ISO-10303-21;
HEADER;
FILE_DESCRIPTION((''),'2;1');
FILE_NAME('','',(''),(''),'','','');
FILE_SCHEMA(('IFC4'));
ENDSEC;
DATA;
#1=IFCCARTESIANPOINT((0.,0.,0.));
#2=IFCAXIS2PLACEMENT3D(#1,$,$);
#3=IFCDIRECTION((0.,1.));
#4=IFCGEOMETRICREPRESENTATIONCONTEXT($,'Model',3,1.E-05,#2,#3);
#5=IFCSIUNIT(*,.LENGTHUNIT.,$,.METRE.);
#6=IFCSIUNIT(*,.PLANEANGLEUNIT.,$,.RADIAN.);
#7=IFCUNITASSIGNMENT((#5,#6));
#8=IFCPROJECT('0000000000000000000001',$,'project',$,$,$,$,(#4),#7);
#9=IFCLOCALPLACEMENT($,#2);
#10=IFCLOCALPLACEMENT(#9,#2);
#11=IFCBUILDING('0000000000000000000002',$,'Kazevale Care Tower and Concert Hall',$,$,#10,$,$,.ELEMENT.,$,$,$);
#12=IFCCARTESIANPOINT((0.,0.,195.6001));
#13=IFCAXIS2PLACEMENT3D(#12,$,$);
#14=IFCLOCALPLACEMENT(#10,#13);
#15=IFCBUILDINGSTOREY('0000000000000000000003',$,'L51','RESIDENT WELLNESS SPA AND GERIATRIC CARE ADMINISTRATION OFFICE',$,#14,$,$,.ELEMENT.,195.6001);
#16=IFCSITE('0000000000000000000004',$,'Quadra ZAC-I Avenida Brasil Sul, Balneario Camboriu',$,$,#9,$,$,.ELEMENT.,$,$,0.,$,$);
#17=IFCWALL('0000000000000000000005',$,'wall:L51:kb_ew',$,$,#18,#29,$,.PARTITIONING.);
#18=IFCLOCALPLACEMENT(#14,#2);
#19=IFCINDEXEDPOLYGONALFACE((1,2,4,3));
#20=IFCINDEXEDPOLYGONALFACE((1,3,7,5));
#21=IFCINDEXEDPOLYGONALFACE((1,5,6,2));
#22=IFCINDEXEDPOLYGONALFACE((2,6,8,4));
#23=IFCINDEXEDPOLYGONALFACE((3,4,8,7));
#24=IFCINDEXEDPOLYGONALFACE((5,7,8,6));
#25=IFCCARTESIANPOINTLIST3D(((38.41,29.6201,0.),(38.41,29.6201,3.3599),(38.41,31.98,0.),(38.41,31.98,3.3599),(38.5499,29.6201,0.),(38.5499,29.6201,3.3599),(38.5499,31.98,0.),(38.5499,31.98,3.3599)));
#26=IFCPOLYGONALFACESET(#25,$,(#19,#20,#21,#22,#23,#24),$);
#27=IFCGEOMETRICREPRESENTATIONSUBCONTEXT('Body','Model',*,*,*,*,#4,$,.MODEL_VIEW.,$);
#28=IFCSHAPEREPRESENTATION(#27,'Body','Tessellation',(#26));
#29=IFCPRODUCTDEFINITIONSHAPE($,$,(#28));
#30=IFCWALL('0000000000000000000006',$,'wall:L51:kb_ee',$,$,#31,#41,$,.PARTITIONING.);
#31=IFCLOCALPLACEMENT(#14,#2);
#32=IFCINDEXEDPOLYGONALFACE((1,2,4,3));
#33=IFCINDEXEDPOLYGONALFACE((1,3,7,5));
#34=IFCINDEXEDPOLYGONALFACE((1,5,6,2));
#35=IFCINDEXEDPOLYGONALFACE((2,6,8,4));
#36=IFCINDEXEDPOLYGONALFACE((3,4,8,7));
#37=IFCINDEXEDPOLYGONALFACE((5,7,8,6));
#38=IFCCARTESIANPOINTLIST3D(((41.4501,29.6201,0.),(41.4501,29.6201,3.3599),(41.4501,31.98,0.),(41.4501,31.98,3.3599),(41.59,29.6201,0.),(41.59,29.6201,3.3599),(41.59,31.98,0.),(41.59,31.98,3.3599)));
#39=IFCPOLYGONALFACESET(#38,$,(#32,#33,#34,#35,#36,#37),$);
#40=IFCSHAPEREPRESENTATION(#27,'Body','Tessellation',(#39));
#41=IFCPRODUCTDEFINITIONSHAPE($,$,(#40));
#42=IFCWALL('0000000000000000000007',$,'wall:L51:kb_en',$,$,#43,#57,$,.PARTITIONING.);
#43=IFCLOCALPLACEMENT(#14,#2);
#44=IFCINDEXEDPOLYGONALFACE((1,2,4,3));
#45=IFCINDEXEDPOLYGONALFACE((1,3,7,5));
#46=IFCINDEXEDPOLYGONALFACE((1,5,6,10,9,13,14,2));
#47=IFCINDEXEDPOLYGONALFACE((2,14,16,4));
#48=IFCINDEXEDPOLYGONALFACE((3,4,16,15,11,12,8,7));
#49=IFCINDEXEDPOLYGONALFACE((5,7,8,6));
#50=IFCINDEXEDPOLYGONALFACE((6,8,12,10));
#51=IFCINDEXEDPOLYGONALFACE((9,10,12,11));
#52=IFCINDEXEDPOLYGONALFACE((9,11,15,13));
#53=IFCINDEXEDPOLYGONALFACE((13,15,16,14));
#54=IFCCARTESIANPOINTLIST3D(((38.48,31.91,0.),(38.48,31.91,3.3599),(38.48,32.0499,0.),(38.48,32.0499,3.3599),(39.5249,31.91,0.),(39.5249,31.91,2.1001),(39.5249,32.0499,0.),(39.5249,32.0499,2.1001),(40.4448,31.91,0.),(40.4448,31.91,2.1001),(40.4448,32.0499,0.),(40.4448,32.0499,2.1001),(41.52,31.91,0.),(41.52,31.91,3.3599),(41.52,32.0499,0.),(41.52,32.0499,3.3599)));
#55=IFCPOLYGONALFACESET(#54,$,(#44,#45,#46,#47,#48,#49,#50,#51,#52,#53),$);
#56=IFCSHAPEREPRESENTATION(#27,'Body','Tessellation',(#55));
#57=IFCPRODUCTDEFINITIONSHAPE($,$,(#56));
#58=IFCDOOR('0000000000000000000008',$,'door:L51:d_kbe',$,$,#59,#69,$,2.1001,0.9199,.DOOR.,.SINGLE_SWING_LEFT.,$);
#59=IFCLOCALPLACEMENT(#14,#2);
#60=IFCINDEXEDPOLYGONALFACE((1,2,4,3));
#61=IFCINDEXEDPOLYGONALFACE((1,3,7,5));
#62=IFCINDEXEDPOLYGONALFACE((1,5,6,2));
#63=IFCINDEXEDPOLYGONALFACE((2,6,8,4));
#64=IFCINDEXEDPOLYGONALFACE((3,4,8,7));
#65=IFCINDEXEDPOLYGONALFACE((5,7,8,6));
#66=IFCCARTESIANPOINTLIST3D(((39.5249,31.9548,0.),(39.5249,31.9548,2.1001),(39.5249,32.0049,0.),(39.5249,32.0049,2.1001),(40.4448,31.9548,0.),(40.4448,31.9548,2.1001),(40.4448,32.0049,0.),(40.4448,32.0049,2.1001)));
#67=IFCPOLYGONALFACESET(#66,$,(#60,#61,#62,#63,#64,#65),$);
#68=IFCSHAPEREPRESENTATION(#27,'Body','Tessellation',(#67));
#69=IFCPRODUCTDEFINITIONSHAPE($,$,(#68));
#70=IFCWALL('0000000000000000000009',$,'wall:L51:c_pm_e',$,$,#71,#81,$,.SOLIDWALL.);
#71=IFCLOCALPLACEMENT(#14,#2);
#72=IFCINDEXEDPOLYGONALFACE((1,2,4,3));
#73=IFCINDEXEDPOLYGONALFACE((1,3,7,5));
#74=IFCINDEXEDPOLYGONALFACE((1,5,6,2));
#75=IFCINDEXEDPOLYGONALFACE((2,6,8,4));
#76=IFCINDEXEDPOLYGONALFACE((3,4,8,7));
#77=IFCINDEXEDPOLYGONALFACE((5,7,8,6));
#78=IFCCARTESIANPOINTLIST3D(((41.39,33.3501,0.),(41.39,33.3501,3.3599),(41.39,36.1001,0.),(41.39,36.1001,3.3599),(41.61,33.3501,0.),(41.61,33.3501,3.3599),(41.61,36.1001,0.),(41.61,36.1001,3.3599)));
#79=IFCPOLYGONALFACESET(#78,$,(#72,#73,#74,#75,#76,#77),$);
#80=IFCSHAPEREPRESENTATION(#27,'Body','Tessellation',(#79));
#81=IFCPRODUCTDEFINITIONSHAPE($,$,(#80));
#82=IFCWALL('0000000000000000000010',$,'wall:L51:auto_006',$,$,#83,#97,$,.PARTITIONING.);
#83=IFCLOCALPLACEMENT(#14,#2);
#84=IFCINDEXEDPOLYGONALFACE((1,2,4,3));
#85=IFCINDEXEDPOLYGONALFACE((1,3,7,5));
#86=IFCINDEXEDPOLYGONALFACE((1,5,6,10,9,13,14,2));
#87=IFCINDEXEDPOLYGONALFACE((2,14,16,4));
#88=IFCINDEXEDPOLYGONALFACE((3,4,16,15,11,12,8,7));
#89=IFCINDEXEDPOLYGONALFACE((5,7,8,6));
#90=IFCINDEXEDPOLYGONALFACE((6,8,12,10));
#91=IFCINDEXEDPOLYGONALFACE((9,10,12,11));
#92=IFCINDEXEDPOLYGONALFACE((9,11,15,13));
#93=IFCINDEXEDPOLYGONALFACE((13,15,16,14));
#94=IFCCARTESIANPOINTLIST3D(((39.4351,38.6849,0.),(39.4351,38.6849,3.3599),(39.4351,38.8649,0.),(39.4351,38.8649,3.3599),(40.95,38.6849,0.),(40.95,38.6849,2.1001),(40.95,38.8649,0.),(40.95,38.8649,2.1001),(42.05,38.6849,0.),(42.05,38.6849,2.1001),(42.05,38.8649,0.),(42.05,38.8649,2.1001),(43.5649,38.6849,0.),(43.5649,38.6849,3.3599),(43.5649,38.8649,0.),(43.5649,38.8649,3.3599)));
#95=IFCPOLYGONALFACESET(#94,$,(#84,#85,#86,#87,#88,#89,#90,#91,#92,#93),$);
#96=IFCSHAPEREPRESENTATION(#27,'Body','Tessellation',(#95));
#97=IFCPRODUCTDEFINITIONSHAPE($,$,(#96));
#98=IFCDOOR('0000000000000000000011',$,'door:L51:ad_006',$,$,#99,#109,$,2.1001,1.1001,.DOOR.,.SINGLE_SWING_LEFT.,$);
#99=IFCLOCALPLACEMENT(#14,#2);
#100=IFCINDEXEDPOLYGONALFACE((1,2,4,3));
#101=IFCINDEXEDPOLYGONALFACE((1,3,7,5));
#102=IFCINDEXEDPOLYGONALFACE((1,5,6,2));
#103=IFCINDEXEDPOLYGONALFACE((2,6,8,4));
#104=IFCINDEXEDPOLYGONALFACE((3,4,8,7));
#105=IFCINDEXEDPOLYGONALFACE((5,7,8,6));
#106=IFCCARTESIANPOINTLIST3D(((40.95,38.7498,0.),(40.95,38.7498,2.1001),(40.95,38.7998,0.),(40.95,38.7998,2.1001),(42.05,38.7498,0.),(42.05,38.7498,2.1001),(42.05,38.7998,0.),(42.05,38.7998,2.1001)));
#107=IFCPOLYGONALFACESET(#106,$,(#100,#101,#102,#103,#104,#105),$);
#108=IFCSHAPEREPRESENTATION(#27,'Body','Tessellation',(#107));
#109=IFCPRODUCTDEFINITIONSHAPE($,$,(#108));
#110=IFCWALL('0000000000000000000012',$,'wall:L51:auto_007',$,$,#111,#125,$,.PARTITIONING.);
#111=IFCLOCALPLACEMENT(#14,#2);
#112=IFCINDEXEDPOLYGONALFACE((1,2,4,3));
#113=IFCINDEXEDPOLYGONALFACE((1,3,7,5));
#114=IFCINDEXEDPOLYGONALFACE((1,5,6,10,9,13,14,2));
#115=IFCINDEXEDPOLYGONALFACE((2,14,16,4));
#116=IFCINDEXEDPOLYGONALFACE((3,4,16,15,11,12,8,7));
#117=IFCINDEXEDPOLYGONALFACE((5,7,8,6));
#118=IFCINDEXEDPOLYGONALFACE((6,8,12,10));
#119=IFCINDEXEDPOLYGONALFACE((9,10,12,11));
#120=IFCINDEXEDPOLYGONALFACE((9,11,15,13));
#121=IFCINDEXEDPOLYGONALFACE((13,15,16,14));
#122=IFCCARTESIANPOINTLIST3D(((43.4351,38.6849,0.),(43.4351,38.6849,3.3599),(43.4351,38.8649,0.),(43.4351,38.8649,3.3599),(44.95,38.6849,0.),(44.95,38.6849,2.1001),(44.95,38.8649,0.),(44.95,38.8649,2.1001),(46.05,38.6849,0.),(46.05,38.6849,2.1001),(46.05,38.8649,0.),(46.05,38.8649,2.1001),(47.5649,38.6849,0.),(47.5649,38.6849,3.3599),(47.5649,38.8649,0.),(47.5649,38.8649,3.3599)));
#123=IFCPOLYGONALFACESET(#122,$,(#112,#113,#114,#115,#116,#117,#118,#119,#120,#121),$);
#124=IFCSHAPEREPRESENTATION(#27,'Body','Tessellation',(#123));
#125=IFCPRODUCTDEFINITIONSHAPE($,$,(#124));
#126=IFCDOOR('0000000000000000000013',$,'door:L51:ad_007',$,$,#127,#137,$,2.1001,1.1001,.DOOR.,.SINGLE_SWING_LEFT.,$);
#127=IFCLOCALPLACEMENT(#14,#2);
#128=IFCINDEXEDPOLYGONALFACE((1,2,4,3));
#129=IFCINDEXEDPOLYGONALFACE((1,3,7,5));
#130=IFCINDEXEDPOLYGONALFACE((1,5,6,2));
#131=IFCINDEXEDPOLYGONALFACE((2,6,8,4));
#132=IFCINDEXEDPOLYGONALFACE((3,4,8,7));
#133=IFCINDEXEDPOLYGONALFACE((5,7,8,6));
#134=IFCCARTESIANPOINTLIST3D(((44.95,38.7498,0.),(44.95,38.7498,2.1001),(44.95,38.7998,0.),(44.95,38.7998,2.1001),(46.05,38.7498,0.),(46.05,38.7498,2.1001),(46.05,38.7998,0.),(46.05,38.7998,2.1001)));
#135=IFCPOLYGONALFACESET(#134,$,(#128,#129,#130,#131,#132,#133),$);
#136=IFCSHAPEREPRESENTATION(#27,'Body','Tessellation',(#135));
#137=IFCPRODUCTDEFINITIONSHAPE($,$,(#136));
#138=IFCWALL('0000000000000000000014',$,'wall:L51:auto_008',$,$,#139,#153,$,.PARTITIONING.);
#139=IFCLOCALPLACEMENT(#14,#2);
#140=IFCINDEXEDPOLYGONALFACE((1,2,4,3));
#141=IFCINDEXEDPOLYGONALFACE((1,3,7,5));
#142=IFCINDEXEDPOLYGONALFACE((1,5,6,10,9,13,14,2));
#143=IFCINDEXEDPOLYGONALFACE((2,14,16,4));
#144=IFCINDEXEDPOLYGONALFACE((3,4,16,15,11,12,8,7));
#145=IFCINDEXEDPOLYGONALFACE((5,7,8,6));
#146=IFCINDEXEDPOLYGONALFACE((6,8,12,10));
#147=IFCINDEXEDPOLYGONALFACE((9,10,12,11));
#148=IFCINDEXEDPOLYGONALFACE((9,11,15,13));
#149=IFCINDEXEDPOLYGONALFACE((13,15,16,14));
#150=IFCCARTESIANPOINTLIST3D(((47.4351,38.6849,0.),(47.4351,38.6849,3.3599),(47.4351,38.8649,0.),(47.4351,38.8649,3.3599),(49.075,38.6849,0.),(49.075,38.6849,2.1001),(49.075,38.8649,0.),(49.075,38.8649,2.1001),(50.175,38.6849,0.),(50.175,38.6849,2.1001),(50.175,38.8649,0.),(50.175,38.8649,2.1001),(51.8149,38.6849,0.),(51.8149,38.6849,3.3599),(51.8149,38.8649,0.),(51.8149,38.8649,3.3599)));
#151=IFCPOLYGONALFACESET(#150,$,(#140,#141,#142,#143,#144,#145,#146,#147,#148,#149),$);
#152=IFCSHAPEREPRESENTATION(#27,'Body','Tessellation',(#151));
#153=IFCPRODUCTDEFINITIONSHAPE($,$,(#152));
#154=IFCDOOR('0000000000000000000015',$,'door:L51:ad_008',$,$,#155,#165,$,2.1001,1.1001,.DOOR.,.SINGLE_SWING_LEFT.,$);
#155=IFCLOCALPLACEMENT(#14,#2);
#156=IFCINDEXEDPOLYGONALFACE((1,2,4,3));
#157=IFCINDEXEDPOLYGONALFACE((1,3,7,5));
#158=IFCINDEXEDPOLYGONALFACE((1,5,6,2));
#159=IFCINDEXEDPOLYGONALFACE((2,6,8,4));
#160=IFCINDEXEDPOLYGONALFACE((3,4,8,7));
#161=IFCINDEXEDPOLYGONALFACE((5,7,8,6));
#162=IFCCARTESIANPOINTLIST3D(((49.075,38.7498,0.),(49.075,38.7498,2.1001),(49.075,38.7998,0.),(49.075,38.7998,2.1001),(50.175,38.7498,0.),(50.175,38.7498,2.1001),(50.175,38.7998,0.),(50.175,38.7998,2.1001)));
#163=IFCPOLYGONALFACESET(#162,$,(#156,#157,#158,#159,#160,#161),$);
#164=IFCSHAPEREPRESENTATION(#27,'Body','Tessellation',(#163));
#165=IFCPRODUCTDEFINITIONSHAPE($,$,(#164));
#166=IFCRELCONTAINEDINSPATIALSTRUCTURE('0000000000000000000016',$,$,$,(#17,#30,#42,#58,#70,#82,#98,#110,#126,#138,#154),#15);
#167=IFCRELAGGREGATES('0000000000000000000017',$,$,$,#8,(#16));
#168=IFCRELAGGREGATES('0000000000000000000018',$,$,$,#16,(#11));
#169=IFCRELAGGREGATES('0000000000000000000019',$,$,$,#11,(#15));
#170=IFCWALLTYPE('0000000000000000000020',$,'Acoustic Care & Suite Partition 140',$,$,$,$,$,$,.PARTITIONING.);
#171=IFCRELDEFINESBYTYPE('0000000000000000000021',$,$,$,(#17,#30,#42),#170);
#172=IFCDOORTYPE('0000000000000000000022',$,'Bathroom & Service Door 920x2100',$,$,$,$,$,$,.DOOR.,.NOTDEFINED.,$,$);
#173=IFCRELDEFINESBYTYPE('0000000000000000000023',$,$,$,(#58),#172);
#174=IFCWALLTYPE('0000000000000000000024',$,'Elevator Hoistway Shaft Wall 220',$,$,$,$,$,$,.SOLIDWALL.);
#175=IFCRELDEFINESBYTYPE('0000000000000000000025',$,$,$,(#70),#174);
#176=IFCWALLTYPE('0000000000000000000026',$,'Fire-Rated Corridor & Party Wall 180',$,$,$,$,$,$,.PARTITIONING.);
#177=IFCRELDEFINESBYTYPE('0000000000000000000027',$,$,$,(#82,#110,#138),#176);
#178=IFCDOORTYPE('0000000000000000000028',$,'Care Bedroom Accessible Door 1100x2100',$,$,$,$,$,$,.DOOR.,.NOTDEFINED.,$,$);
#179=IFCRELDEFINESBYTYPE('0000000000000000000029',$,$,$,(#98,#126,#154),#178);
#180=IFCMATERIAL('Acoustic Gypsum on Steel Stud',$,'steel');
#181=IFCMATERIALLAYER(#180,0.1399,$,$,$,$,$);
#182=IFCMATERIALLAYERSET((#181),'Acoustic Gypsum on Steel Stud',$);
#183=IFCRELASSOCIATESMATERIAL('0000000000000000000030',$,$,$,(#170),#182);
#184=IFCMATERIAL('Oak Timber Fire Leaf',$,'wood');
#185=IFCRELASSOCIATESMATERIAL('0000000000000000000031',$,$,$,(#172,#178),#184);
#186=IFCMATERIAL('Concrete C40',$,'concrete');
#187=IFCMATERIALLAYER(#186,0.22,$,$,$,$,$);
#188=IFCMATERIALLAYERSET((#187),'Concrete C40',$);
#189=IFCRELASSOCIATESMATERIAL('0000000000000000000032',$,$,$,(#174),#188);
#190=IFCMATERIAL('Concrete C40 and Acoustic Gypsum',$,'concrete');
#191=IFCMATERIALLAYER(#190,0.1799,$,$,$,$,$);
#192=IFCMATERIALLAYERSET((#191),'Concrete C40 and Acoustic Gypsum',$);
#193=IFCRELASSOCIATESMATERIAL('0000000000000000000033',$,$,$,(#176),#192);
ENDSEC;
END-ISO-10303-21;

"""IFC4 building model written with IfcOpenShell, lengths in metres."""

from ifc_helpers import new_model, si_unit, direction, frame, frame_2d, origin, place, context, subcontext, project, spatial, rectangle, extrude, material, layer, layer_set, type_object, element, fill, save


model = new_model("IFC4")

# Units and contexts
model_context = context("Model", 3, precision=1e-05, world=origin(), true_north=direction((0.0, 1.0)))
body_context = subcontext(model_context, "Body", "Model", "MODEL_VIEW")
ifc_project = project(units=[si_unit("LENGTHUNIT", "METRE"), si_unit("PLANEANGLEUNIT", "RADIAN")], contexts=[model_context])

# Site, building, storey
site_placement = place(None, origin())
site = spatial("IfcSite", under=ifc_project, at=site_placement, Name="Quadra ZAC-I Avenida Brasil Sul, Balneario Camboriu", CompositionType="ELEMENT", RefElevation=0.0)
building_placement = place(site_placement, origin())
building = spatial("IfcBuilding", under=site, at=building_placement, Name="Kazevale Care Tower and Concert Hall", CompositionType="ELEMENT")
storey_placement = place(building_placement, frame((0.0, 0.0, 195.6001)))
storey = spatial("IfcBuildingStorey", under=building, at=storey_placement, Name="L51", Description="RESIDENT WELLNESS SPA AND GERIATRIC CARE ADMINISTRATION OFFICE", CompositionType="ELEMENT", Elevation=195.6001)

# Walls
ifc_material_1 = material(Name="Acoustic Gypsum on Steel Stud", Category="steel")
ifc_layer_1 = layer(ifc_material_1, 0.1399)
ifc_layer_set_1 = layer_set([ifc_layer_1], Name="Acoustic Gypsum on Steel Stud")
wall_type_1 = type_object("IfcWallType", Name="Acoustic Care & Suite Partition 140", PredefinedType="PARTITIONING", material=ifc_layer_set_1)
for number, where, z_axis, x_axis, name in (
    (1, (38.48, 29.6201, 0.0), (0.0, 0.0, 1.0), (0.0, 1.0, 0.0), "wall:L51:kb_ew"),
    (2, (41.52, 29.6201, 0.0), (0.0, 0.0, 1.0), (0.0, 1.0, 0.0), "wall:L51:kb_ee"),
):
    element("IfcWall", number, at=place(storey_placement, frame(where, z_axis=z_axis, x_axis=x_axis)), inside=storey, type_object=wall_type_1, Name=name, PredefinedType="PARTITIONING", context=body_context, shape_type="SweptSolid", body=[
        extrude(rectangle(XDim=2.3599, YDim=0.1399, at=frame_2d((1.1799, 0.0))), origin(), (0.0, 0.0, 1.0), 3.3599),
    ])

# Wall, opening, door
wall_1_placement = place(storey_placement, frame((38.48, 31.98, 0.0), z_axis=(0.0, 0.0, 1.0), x_axis=(1.0, 0.0, 0.0)))
wall_1 = element("IfcWall", 3, at=wall_1_placement, inside=storey, type_object=wall_type_1, Name="wall:L51:kb_en", PredefinedType="PARTITIONING", context=body_context, shape_type="SweptSolid", body=[
    extrude(rectangle(XDim=3.04, YDim=0.1399, at=frame_2d((1.52, 0.0))), origin(), (0.0, 0.0, 1.0), 3.3599),
])
opening_1_placement = place(wall_1_placement, frame((1.0449, 0.0, 0.0)))
opening_1 = element("IfcOpeningElement", 4, at=opening_1_placement, cuts=wall_1, PredefinedType="OPENING", context=body_context, shape_type="SweptSolid", body=[
    extrude(rectangle(XDim=0.9199, YDim=2.1001, at=frame_2d((0.46, 1.05))), frame((0.0, 0.0798, 0.0), z_axis=(0.0, -1.0, 0.0), x_axis=(1.0, 0.0, 0.0)), (0.0, 0.0, 1.0), 0.1599),
])
ifc_material_2 = material(Name="Oak Timber Fire Leaf", Category="wood")
door_type_1 = type_object("IfcDoorType", Name="Bathroom & Service Door 920x2100", OperationType="NOTDEFINED", PredefinedType="DOOR", material=ifc_material_2)
door_1_placement = place(opening_1_placement, origin())
door_1 = element("IfcDoor", 5, at=door_1_placement, inside=storey, type_object=door_type_1, Name="door:L51:d_kbe", OperationType="SINGLE_SWING_LEFT", OverallHeight=2.1001, OverallWidth=0.9199, PredefinedType="DOOR", context=body_context, shape_type="SweptSolid", body=[
    extrude(rectangle(XDim=0.9199, YDim=2.1001, at=frame_2d((0.46, 1.05))), frame((0.0, 0.0249, 0.0), z_axis=(0.0, -1.0, 0.0), x_axis=(1.0, 0.0, 0.0)), (0.0, 0.0, 1.0), 0.05),
])
fill(opening_1, door_1)

# Wall
ifc_material_3 = material(Name="Concrete C40", Category="concrete")
ifc_layer_2 = layer(ifc_material_3, 0.22)
ifc_layer_set_2 = layer_set([ifc_layer_2], Name="Concrete C40")
wall_type_2 = type_object("IfcWallType", Name="Elevator Hoistway Shaft Wall 220", PredefinedType="SOLIDWALL", material=ifc_layer_set_2)
wall_2_placement = place(storey_placement, frame((41.5, 33.3501, 0.0), z_axis=(0.0, 0.0, 1.0), x_axis=(0.0, 1.0, 0.0)))
element("IfcWall", 6, at=wall_2_placement, inside=storey, type_object=wall_type_2, Name="wall:L51:c_pm_e", PredefinedType="SOLIDWALL", context=body_context, shape_type="SweptSolid", body=[
    extrude(rectangle(XDim=2.75, YDim=0.22, at=frame_2d((1.375, 0.0))), origin(), (0.0, 0.0, 1.0), 3.3599),
])

# Walls, openings, doors
ifc_material_4 = material(Name="Concrete C40 and Acoustic Gypsum", Category="concrete")
ifc_layer_3 = layer(ifc_material_4, 0.1799)
ifc_layer_set_3 = layer_set([ifc_layer_3], Name="Concrete C40 and Acoustic Gypsum")
wall_type_3 = type_object("IfcWallType", Name="Fire-Rated Corridor & Party Wall 180", PredefinedType="PARTITIONING", material=ifc_layer_set_3)
wall_3_placement = place(storey_placement, frame((39.4351, 38.7749, 0.0), z_axis=(0.0, 0.0, 1.0), x_axis=(1.0, 0.0, 0.0)))
wall_3 = element("IfcWall", 7, at=wall_3_placement, inside=storey, type_object=wall_type_3, Name="wall:L51:auto_006", PredefinedType="PARTITIONING", context=body_context, shape_type="SweptSolid", body=[
    extrude(rectangle(XDim=4.1299, YDim=0.1799, at=frame_2d((2.0649, 0.0))), origin(), (0.0, 0.0, 1.0), 3.3599),
])
opening_2_placement = place(wall_3_placement, frame((1.5149, 0.0, 0.0)))
opening_2 = element("IfcOpeningElement", 8, at=opening_2_placement, cuts=wall_3, PredefinedType="OPENING", context=body_context, shape_type="SweptSolid", body=[
    extrude(rectangle(XDim=1.1001, YDim=2.1001, at=frame_2d((0.55, 1.05))), frame((0.0, 0.0999, 0.0), z_axis=(0.0, -1.0, 0.0), x_axis=(1.0, 0.0, 0.0)), (0.0, 0.0, 1.0), 0.2),
])
door_type_2 = type_object("IfcDoorType", Name="Care Bedroom Accessible Door 1100x2100", OperationType="NOTDEFINED", PredefinedType="DOOR", material=ifc_material_2)
door_2_placement = place(opening_2_placement, origin())
door_2 = element("IfcDoor", 9, at=door_2_placement, inside=storey, type_object=door_type_2, Name="door:L51:ad_006", OperationType="SINGLE_SWING_LEFT", OverallHeight=2.1001, OverallWidth=1.1001, PredefinedType="DOOR", context=body_context, shape_type="SweptSolid", body=[
    extrude(rectangle(XDim=1.1001, YDim=2.1001, at=frame_2d((0.55, 1.05))), frame((0.0, 0.0249, 0.0), z_axis=(0.0, -1.0, 0.0), x_axis=(1.0, 0.0, 0.0)), (0.0, 0.0, 1.0), 0.05),
])
fill(opening_2, door_2)
wall_4_placement = place(storey_placement, frame((43.4351, 38.7749, 0.0), z_axis=(0.0, 0.0, 1.0), x_axis=(1.0, 0.0, 0.0)))
wall_4 = element("IfcWall", 10, at=wall_4_placement, inside=storey, type_object=wall_type_3, Name="wall:L51:auto_007", PredefinedType="PARTITIONING", context=body_context, shape_type="SweptSolid", body=[
    extrude(rectangle(XDim=4.1299, YDim=0.1799, at=frame_2d((2.0649, 0.0))), origin(), (0.0, 0.0, 1.0), 3.3599),
])
opening_3_placement = place(wall_4_placement, frame((1.5149, 0.0, 0.0)))
opening_3 = element("IfcOpeningElement", 11, at=opening_3_placement, cuts=wall_4, PredefinedType="OPENING", context=body_context, shape_type="SweptSolid", body=[
    extrude(rectangle(XDim=1.1001, YDim=2.1001, at=frame_2d((0.55, 1.05))), frame((0.0, 0.0999, 0.0), z_axis=(0.0, -1.0, 0.0), x_axis=(1.0, 0.0, 0.0)), (0.0, 0.0, 1.0), 0.2),
])
door_3_placement = place(opening_3_placement, origin())
door_3 = element("IfcDoor", 12, at=door_3_placement, inside=storey, type_object=door_type_2, Name="door:L51:ad_007", OperationType="SINGLE_SWING_LEFT", OverallHeight=2.1001, OverallWidth=1.1001, PredefinedType="DOOR", context=body_context, shape_type="SweptSolid", body=[
    extrude(rectangle(XDim=1.1001, YDim=2.1001, at=frame_2d((0.55, 1.05))), frame((0.0, 0.0249, 0.0), z_axis=(0.0, -1.0, 0.0), x_axis=(1.0, 0.0, 0.0)), (0.0, 0.0, 1.0), 0.05),
])
fill(opening_3, door_3)
wall_5_placement = place(storey_placement, frame((47.4351, 38.7749, 0.0), z_axis=(0.0, 0.0, 1.0), x_axis=(1.0, 0.0, 0.0)))
wall_5 = element("IfcWall", 13, at=wall_5_placement, inside=storey, type_object=wall_type_3, Name="wall:L51:auto_008", PredefinedType="PARTITIONING", context=body_context, shape_type="SweptSolid", body=[
    extrude(rectangle(XDim=4.3799, YDim=0.1799, at=frame_2d((2.1899, 0.0))), origin(), (0.0, 0.0, 1.0), 3.3599),
])
opening_4_placement = place(wall_5_placement, frame((1.6399, 0.0, 0.0)))
opening_4 = element("IfcOpeningElement", 14, at=opening_4_placement, cuts=wall_5, PredefinedType="OPENING", context=body_context, shape_type="SweptSolid", body=[
    extrude(rectangle(XDim=1.1001, YDim=2.1001, at=frame_2d((0.55, 1.05))), frame((0.0, 0.0999, 0.0), z_axis=(0.0, -1.0, 0.0), x_axis=(1.0, 0.0, 0.0)), (0.0, 0.0, 1.0), 0.2),
])
door_4_placement = place(opening_4_placement, origin())
door_4 = element("IfcDoor", 15, at=door_4_placement, inside=storey, type_object=door_type_2, Name="door:L51:ad_008", OperationType="SINGLE_SWING_LEFT", OverallHeight=2.1001, OverallWidth=1.1001, PredefinedType="DOOR", context=body_context, shape_type="SweptSolid", body=[
    extrude(rectangle(XDim=1.1001, YDim=2.1001, at=frame_2d((0.55, 1.05))), frame((0.0, 0.0249, 0.0), z_axis=(0.0, -1.0, 0.0), x_axis=(1.0, 0.0, 0.0)), (0.0, 0.0, 1.0), 0.05),
])
fill(opening_4, door_4)

save(model, "model.ifc")
